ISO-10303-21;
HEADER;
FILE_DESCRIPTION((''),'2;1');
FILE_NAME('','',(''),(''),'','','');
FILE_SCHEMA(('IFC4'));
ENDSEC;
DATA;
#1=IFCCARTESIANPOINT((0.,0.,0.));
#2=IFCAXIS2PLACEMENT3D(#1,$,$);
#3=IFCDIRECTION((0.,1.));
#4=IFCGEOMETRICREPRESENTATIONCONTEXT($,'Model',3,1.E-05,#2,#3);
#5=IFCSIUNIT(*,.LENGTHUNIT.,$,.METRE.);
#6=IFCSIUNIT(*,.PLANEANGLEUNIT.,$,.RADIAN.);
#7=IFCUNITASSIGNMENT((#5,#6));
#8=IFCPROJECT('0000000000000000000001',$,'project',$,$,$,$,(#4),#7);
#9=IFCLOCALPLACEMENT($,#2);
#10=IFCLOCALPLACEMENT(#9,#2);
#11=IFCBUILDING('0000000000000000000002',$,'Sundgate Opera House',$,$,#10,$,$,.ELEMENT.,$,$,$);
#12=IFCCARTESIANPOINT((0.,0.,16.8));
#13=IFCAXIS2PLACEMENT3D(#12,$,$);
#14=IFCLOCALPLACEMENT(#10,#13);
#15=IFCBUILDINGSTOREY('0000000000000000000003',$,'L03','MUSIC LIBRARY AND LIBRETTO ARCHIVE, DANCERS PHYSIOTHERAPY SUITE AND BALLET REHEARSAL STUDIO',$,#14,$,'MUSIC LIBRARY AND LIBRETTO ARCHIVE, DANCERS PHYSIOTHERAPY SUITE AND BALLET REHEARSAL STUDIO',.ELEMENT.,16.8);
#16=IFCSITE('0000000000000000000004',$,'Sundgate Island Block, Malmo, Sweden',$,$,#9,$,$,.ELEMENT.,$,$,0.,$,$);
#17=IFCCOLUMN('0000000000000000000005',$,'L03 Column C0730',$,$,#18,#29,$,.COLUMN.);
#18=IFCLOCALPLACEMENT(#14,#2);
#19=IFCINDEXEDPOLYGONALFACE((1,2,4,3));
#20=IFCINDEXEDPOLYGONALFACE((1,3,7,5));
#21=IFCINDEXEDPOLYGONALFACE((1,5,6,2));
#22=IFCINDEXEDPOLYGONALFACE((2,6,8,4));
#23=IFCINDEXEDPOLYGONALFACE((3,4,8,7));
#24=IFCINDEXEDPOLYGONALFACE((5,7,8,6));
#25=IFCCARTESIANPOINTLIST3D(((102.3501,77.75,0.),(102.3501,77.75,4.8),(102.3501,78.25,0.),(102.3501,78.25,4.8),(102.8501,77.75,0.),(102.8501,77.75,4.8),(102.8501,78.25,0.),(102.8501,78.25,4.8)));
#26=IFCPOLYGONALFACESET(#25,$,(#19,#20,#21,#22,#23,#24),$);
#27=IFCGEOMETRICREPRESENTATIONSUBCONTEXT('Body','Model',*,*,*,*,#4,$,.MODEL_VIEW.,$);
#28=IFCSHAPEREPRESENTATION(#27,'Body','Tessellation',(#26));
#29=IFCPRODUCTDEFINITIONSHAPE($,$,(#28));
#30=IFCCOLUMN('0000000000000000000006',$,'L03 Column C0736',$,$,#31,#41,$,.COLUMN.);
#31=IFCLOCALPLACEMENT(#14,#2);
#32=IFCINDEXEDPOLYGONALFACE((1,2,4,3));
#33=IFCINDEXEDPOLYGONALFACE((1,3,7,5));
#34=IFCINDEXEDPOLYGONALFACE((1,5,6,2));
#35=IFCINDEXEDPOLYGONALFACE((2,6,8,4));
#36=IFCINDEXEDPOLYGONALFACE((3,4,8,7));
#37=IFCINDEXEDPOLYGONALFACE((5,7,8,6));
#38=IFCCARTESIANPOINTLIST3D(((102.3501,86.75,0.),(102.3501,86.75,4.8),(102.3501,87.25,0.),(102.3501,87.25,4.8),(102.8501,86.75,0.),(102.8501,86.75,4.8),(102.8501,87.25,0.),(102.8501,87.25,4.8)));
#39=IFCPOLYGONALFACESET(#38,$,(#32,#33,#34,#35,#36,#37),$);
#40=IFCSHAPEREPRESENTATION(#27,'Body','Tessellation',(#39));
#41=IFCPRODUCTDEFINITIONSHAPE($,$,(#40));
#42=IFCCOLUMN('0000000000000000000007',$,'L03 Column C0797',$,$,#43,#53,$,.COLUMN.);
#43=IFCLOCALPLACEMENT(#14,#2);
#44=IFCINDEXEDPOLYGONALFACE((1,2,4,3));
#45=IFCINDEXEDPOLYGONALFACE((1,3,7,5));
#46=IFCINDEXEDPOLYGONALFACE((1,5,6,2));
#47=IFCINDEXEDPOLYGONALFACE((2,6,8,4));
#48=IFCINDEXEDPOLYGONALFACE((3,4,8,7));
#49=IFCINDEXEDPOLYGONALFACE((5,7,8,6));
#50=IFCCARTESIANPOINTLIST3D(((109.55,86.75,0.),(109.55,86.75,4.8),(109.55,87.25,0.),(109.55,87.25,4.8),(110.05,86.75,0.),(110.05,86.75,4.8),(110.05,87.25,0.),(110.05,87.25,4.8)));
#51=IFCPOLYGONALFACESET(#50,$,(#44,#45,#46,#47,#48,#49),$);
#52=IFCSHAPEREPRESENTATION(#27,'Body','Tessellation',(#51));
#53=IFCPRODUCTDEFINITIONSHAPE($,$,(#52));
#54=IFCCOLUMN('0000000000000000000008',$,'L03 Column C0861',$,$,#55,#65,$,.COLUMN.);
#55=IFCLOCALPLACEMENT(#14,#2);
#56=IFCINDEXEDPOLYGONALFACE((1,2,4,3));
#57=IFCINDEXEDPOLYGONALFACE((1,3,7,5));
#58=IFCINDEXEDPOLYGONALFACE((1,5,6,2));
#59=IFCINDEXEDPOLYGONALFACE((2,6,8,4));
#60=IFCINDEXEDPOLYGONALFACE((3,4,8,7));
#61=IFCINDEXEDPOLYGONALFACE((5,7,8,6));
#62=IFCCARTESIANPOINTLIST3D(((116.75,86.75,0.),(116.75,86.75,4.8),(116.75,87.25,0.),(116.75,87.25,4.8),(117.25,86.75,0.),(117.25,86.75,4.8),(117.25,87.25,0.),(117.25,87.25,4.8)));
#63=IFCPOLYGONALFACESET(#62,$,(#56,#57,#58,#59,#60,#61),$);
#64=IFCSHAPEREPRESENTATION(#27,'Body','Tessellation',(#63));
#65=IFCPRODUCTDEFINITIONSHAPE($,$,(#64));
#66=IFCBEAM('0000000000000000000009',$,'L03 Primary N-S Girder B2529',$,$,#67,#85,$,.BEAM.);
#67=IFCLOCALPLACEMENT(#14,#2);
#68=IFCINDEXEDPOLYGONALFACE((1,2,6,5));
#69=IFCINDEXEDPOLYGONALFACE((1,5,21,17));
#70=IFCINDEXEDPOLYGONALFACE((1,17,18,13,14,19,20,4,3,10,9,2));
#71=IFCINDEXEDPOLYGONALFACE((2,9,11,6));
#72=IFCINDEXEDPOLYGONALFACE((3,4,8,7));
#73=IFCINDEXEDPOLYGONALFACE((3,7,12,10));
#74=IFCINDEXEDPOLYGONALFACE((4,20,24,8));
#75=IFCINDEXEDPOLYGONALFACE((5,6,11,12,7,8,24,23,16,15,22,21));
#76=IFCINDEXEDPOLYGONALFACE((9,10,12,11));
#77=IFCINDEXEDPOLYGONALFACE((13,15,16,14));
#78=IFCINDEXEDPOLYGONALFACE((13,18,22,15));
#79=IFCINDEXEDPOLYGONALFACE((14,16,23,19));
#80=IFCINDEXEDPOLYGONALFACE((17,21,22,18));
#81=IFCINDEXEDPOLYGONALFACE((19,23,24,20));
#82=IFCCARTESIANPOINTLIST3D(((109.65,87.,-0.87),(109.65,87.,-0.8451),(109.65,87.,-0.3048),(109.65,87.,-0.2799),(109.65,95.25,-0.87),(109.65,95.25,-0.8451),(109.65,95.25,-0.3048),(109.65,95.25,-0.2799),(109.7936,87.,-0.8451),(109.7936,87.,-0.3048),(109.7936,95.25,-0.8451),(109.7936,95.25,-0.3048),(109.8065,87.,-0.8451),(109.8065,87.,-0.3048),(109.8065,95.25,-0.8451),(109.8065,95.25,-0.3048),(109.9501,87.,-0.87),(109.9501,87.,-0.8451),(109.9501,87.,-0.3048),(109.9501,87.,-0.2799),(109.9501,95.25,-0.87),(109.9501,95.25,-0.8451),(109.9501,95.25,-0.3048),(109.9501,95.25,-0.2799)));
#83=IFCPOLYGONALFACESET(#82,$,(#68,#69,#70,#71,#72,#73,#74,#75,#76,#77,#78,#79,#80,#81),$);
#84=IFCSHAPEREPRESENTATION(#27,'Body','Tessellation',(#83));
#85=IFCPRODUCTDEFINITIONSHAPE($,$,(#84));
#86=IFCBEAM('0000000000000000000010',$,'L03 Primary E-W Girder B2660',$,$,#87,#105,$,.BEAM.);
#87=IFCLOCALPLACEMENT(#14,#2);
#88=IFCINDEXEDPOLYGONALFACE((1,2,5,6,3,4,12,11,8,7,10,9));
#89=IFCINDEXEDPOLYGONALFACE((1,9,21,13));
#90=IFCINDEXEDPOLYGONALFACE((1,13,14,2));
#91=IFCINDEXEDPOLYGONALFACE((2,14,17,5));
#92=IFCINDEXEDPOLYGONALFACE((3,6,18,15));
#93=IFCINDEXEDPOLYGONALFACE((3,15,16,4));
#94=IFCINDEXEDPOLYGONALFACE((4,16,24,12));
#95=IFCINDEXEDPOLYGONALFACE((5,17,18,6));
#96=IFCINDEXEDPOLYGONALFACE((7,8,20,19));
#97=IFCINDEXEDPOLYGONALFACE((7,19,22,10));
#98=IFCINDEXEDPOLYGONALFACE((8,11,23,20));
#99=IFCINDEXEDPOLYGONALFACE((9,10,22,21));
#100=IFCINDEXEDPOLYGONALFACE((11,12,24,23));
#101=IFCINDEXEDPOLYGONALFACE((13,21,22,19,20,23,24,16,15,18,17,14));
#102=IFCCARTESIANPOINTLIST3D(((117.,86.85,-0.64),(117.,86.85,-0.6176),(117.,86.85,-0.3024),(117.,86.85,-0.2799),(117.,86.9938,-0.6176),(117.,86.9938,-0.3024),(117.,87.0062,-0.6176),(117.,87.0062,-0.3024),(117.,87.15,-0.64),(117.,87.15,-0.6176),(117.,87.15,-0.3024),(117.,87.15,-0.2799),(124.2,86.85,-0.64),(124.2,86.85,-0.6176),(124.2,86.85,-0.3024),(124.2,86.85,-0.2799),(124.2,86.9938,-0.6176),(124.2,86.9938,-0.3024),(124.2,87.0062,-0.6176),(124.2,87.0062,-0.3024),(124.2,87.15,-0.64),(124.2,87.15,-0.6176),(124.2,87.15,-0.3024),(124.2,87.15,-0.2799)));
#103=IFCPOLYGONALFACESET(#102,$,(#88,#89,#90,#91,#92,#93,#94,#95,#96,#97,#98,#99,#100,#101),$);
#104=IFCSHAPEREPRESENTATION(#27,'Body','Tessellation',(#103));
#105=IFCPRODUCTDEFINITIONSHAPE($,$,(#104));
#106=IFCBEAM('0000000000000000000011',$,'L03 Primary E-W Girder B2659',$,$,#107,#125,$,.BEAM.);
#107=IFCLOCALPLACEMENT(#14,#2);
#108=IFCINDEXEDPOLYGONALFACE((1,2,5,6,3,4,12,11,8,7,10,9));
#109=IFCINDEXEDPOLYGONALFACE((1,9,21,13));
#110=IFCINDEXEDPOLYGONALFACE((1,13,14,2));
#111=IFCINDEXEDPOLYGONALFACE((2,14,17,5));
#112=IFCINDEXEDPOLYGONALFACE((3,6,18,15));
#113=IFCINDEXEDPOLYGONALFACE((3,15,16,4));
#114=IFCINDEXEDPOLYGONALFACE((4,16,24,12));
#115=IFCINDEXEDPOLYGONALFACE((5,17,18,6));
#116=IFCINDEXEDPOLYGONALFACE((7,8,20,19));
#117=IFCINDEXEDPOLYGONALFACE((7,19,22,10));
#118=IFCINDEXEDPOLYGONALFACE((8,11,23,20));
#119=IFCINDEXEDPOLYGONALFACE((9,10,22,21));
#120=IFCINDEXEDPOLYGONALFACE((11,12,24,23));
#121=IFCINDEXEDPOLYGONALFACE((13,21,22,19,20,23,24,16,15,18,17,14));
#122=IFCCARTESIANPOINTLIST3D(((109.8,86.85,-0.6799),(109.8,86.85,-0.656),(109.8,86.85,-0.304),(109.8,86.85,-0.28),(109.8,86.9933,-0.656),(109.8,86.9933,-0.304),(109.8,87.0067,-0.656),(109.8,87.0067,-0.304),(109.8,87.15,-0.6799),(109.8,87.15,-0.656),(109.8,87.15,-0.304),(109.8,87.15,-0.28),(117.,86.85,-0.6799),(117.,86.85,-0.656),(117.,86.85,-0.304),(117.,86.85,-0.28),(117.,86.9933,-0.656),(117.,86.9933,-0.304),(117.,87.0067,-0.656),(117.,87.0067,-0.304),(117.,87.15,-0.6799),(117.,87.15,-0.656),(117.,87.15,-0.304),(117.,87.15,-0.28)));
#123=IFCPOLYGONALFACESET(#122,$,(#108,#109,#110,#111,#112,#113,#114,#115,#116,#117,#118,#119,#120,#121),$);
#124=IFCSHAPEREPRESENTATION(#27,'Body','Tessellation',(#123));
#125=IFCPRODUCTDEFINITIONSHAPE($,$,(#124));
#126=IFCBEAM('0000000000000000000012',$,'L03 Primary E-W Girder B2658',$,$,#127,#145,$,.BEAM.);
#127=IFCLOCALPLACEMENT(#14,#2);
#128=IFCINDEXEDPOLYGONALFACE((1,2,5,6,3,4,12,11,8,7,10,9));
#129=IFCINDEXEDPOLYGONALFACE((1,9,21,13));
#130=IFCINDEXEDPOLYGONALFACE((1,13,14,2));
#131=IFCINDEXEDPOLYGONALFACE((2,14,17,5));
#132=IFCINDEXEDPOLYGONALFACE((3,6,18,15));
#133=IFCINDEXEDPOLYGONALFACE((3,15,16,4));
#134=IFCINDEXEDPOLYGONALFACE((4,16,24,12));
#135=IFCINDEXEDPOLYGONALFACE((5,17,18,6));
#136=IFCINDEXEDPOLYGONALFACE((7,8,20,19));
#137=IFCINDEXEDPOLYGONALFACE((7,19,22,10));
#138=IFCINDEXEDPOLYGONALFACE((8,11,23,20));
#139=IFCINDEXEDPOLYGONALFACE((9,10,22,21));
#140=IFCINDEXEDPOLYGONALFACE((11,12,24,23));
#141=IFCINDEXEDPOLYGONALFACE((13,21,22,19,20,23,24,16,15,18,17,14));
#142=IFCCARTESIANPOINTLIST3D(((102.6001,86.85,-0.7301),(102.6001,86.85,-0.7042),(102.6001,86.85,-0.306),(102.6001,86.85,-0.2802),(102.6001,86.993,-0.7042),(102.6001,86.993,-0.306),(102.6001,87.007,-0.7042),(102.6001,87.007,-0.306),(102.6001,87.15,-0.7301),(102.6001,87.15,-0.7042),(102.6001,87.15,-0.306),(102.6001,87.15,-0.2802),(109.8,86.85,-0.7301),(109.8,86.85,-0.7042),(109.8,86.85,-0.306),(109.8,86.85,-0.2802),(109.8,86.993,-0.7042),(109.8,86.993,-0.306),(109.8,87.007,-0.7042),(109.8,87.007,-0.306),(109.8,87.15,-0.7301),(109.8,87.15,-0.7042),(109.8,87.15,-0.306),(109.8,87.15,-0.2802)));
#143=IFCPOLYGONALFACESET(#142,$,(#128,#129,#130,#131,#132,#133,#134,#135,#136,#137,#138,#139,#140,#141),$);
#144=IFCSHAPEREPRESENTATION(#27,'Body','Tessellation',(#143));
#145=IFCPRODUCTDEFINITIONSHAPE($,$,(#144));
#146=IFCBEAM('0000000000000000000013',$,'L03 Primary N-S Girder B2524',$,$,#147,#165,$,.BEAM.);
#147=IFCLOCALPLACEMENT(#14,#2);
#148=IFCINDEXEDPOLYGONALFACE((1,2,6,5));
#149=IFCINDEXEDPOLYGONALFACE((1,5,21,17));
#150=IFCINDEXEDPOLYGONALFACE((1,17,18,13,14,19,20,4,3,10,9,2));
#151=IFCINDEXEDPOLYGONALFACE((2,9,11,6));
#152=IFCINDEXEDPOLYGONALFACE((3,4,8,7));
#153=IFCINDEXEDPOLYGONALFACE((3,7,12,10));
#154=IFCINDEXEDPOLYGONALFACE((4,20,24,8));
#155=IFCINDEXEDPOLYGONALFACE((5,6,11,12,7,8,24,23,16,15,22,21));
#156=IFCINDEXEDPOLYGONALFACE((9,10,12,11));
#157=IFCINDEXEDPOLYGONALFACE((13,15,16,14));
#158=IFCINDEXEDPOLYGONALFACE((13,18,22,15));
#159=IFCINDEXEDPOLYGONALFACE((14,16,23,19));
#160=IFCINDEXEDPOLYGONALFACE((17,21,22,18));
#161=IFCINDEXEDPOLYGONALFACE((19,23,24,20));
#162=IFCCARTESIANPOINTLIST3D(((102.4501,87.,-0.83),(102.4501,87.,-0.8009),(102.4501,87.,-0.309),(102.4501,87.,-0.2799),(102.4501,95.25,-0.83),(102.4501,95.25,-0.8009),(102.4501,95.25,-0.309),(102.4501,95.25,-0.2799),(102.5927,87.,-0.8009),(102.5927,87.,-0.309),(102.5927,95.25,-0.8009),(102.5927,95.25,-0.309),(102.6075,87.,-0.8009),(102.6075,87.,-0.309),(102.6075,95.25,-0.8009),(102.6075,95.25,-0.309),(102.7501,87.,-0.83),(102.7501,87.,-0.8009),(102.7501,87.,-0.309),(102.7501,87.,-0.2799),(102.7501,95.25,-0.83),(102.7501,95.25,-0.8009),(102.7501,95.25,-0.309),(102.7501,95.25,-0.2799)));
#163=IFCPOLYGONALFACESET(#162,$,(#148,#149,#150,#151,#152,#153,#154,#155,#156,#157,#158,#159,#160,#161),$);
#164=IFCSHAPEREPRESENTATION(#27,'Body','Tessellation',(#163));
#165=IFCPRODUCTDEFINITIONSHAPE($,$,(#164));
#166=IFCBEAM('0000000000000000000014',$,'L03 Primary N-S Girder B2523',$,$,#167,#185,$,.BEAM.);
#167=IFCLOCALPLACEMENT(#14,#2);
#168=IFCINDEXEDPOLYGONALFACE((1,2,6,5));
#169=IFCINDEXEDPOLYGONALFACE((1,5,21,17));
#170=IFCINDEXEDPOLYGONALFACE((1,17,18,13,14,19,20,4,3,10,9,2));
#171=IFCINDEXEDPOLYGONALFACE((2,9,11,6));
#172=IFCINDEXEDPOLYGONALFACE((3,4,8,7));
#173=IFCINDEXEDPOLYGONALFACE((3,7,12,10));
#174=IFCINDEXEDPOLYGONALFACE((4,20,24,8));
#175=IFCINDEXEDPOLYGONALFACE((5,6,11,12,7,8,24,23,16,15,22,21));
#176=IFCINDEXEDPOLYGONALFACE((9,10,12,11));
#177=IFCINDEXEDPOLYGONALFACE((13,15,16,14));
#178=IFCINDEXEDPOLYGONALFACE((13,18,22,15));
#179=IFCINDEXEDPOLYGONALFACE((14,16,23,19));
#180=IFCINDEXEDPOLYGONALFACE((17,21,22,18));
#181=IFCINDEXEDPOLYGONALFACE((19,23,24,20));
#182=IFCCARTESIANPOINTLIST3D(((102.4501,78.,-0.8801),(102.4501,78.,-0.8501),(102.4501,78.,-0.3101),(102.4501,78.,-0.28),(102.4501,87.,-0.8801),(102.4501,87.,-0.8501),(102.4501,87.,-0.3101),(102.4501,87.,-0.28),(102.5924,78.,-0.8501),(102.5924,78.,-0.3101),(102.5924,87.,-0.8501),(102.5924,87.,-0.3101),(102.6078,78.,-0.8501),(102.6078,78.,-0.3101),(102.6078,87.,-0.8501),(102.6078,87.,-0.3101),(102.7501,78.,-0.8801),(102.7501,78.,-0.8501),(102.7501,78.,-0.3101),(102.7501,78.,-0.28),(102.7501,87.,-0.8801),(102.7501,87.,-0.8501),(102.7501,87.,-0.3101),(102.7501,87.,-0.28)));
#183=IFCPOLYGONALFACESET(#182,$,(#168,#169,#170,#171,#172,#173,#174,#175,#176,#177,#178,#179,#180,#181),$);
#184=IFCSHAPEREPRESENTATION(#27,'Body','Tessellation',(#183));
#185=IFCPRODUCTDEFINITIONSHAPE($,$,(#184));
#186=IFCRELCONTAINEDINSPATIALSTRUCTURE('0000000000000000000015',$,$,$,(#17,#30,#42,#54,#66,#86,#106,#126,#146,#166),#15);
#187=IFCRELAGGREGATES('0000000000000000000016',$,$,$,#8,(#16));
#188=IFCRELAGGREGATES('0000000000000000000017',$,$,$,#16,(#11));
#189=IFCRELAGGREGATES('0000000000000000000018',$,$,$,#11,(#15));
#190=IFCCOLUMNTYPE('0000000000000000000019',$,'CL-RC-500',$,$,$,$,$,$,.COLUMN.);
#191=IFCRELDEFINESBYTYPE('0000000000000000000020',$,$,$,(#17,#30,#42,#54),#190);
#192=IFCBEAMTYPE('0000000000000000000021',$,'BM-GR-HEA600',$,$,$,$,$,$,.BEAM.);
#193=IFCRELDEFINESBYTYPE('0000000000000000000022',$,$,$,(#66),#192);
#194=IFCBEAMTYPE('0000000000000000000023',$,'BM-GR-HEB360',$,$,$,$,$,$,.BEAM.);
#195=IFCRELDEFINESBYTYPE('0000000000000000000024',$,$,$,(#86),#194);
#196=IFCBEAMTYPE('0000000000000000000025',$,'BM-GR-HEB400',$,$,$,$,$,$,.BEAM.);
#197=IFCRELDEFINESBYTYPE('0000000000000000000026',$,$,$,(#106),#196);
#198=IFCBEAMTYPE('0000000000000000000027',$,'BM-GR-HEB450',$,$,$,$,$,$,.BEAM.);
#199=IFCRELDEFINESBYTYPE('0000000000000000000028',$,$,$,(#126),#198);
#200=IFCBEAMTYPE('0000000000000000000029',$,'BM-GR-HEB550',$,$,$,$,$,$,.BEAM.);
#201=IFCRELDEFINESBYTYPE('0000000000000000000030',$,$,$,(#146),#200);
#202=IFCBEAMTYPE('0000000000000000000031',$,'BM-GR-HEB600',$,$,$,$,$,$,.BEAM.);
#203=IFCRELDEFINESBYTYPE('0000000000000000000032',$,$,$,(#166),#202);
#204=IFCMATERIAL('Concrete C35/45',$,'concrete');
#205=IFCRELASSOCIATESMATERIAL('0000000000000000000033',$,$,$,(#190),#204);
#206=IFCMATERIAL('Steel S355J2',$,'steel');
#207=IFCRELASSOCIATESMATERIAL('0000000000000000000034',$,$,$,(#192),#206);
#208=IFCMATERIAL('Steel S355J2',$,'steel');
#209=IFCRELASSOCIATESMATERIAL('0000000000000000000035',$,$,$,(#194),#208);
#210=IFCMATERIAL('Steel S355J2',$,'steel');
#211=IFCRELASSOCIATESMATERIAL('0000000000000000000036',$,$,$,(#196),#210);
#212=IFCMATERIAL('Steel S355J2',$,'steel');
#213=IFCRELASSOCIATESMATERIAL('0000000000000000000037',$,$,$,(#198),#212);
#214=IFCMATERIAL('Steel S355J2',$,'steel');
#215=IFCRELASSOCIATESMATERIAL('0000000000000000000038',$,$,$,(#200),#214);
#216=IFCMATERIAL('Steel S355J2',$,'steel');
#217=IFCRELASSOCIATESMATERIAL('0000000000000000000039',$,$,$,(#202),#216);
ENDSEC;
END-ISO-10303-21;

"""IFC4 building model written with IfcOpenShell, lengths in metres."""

from ifc_helpers import new_model, si_unit, direction, frame, origin, origin_2d, place, context, subcontext, project, spatial, rectangle, i_section, extrude, material, material_profile, profile_set, type_object, element, save


model = new_model("IFC4")

# Units and contexts
model_context = context("Model", 3, precision=1e-05, world=origin(), true_north=direction((0.0, 1.0)))
body_context = subcontext(model_context, "Body", "Model", "MODEL_VIEW")
ifc_project = project(units=[si_unit("LENGTHUNIT", "METRE"), si_unit("PLANEANGLEUNIT", "RADIAN")], contexts=[model_context])

# Site, building, storey
site_placement = place(None, origin())
site = spatial("IfcSite", under=ifc_project, at=site_placement, Name="Sundgate Island Block, Malmo, Sweden", CompositionType="ELEMENT", RefElevation=0.0)
building_placement = place(site_placement, origin())
building = spatial("IfcBuilding", under=site, at=building_placement, Name="Sundgate Opera House", CompositionType="ELEMENT")
storey_placement = place(building_placement, frame((0.0, 0.0, 16.8)))
storey = spatial("IfcBuildingStorey", under=building, at=storey_placement, Name="L03", Description="MUSIC LIBRARY AND LIBRETTO ARCHIVE, DANCERS PHYSIOTHERAPY SUITE AND BALLET REHEARSAL STUDIO", LongName="MUSIC LIBRARY AND LIBRETTO ARCHIVE, DANCERS PHYSIOTHERAPY SUITE AND BALLET REHEARSAL STUDIO", CompositionType="ELEMENT", Elevation=16.8)

# Columns
ifc_material_1 = material(Name="Concrete C35/45", Category="concrete")
ifc_material_profile_1 = material_profile(ifc_material_1, rectangle(XDim=0.5, YDim=0.5, at=origin_2d()), Name="RC 500x500")
ifc_profile_set_1 = profile_set([ifc_material_profile_1], Name="Concrete C35/45")
column_type = type_object("IfcColumnType", Name="CL-RC-500", PredefinedType="COLUMN", material=ifc_profile_set_1)
for number, where, z_axis, x_axis, name in (
    (1, (102.6001, 78.0, 0.0), (0.0, 0.0, 1.0), (1.0, 0.0, 0.0), "L03 Column C0730"),
    (2, (102.6001, 87.0, 0.0), (0.0, 0.0, 1.0), (1.0, 0.0, 0.0), "L03 Column C0736"),
    (3, (109.8, 87.0, 0.0), (0.0, 0.0, 1.0), (1.0, 0.0, 0.0), "L03 Column C0797"),
    (4, (117.0, 87.0, 0.0), (0.0, 0.0, 1.0), (1.0, 0.0, 0.0), "L03 Column C0861"),
):
    element("IfcColumn", number, at=place(storey_placement, frame(where, z_axis=z_axis, x_axis=x_axis)), inside=storey, type_object=column_type, Name=name, PredefinedType="COLUMN", context=body_context, shape_type="SweptSolid", body=[
        extrude(rectangle(XDim=0.5, YDim=0.5, at=origin_2d()), origin(), (0.0, 0.0, 1.0), 4.8),
    ])

# Beams
ifc_material_2 = material(Name="Steel S355J2", Category="steel")
ifc_material_profile_2 = material_profile(ifc_material_2, i_section(OverallWidth=0.3, OverallDepth=0.5901, WebThickness=0.0129, FlangeThickness=0.0249, at=origin_2d()), Name="HEA 600")
ifc_profile_set_2 = profile_set([ifc_material_profile_2], Name="Steel S355J2")
beam_type_1 = type_object("IfcBeamType", Name="BM-GR-HEA600", PredefinedType="BEAM", material=ifc_profile_set_2)
beam_1_placement = place(storey_placement, frame((109.8, 87.0, -0.575), z_axis=(0.0, 1.0, 0.0), x_axis=(-1.0, 0.0, 0.0)))
element("IfcBeam", 5, at=beam_1_placement, inside=storey, type_object=beam_type_1, Name="L03 Primary N-S Girder B2529", PredefinedType="BEAM", context=body_context, shape_type="SweptSolid", body=[
    extrude(i_section(OverallWidth=0.3, OverallDepth=0.5901, WebThickness=0.0129, FlangeThickness=0.0249, at=origin_2d()), origin(), (0.0, 0.0, 1.0), 8.25),
])
ifc_material_3 = material(Name="Steel S355J2", Category="steel")
ifc_material_profile_3 = material_profile(ifc_material_3, i_section(OverallWidth=0.3, OverallDepth=0.3601, WebThickness=0.0125, FlangeThickness=0.0225, at=origin_2d()), Name="HEB 360")
ifc_profile_set_3 = profile_set([ifc_material_profile_3], Name="Steel S355J2")
beam_type_2 = type_object("IfcBeamType", Name="BM-GR-HEB360", PredefinedType="BEAM", material=ifc_profile_set_3)
beam_2_placement = place(storey_placement, frame((117.0, 87.0, -0.46), z_axis=(1.0, 0.0, 0.0), x_axis=(0.0, 1.0, 0.0)))
element("IfcBeam", 6, at=beam_2_placement, inside=storey, type_object=beam_type_2, Name="L03 Primary E-W Girder B2660", PredefinedType="BEAM", context=body_context, shape_type="SweptSolid", body=[
    extrude(i_section(OverallWidth=0.3, OverallDepth=0.3601, WebThickness=0.0125, FlangeThickness=0.0225, at=origin_2d()), origin(), (0.0, 0.0, 1.0), 7.2),
])
ifc_material_4 = material(Name="Steel S355J2", Category="steel")
ifc_material_profile_4 = material_profile(ifc_material_4, i_section(OverallWidth=0.3, OverallDepth=0.3999, WebThickness=0.0134, FlangeThickness=0.0239, at=origin_2d()), Name="HEB 400")
ifc_profile_set_4 = profile_set([ifc_material_profile_4], Name="Steel S355J2")
beam_type_3 = type_object("IfcBeamType", Name="BM-GR-HEB400", PredefinedType="BEAM", material=ifc_profile_set_4)
beam_3_placement = place(storey_placement, frame((109.8, 87.0, -0.48), z_axis=(1.0, 0.0, 0.0), x_axis=(0.0, 1.0, 0.0)))
element("IfcBeam", 7, at=beam_3_placement, inside=storey, type_object=beam_type_3, Name="L03 Primary E-W Girder B2659", PredefinedType="BEAM", context=body_context, shape_type="SweptSolid", body=[
    extrude(i_section(OverallWidth=0.3, OverallDepth=0.3999, WebThickness=0.0134, FlangeThickness=0.0239, at=origin_2d()), origin(), (0.0, 0.0, 1.0), 7.2),
])
ifc_material_5 = material(Name="Steel S355J2", Category="steel")
ifc_material_profile_5 = material_profile(ifc_material_5, i_section(OverallWidth=0.3, OverallDepth=0.45, WebThickness=0.0139, FlangeThickness=0.0259, at=origin_2d()), Name="HEB 450")
ifc_profile_set_5 = profile_set([ifc_material_profile_5], Name="Steel S355J2")
beam_type_4 = type_object("IfcBeamType", Name="BM-GR-HEB450", PredefinedType="BEAM", material=ifc_profile_set_5)
beam_4_placement = place(storey_placement, frame((102.6001, 87.0, -0.5051), z_axis=(1.0, 0.0, 0.0), x_axis=(0.0, 1.0, 0.0)))
element("IfcBeam", 8, at=beam_4_placement, inside=storey, type_object=beam_type_4, Name="L03 Primary E-W Girder B2658", PredefinedType="BEAM", context=body_context, shape_type="SweptSolid", body=[
    extrude(i_section(OverallWidth=0.3, OverallDepth=0.45, WebThickness=0.0139, FlangeThickness=0.0259, at=origin_2d()), origin(), (0.0, 0.0, 1.0), 7.2),
])
ifc_material_6 = material(Name="Steel S355J2", Category="steel")
ifc_material_profile_6 = material_profile(ifc_material_6, i_section(OverallWidth=0.3, OverallDepth=0.55, WebThickness=0.0149, FlangeThickness=0.0291, at=origin_2d()), Name="HEB 550")
ifc_profile_set_6 = profile_set([ifc_material_profile_6], Name="Steel S355J2")
beam_type_5 = type_object("IfcBeamType", Name="BM-GR-HEB550", PredefinedType="BEAM", material=ifc_profile_set_6)
beam_5_placement = place(storey_placement, frame((102.6001, 87.0, -0.5549), z_axis=(0.0, 1.0, 0.0), x_axis=(-1.0, 0.0, 0.0)))
element("IfcBeam", 9, at=beam_5_placement, inside=storey, type_object=beam_type_5, Name="L03 Primary N-S Girder B2524", PredefinedType="BEAM", context=body_context, shape_type="SweptSolid", body=[
    extrude(i_section(OverallWidth=0.3, OverallDepth=0.55, WebThickness=0.0149, FlangeThickness=0.0291, at=origin_2d()), origin(), (0.0, 0.0, 1.0), 8.25),
])
ifc_material_7 = material(Name="Steel S355J2", Category="steel")
ifc_material_profile_7 = material_profile(ifc_material_7, i_section(OverallWidth=0.3, OverallDepth=0.6001, WebThickness=0.0154, FlangeThickness=0.03, at=origin_2d()), Name="HEB 600")
ifc_profile_set_7 = profile_set([ifc_material_profile_7], Name="Steel S355J2")
beam_type_6 = type_object("IfcBeamType", Name="BM-GR-HEB600", PredefinedType="BEAM", material=ifc_profile_set_7)
beam_6_placement = place(storey_placement, frame((102.6001, 78.0, -0.5801), z_axis=(0.0, 1.0, 0.0), x_axis=(-1.0, 0.0, 0.0)))
element("IfcBeam", 10, at=beam_6_placement, inside=storey, type_object=beam_type_6, Name="L03 Primary N-S Girder B2523", PredefinedType="BEAM", context=body_context, shape_type="SweptSolid", body=[
    extrude(i_section(OverallWidth=0.3, OverallDepth=0.6001, WebThickness=0.0154, FlangeThickness=0.03, at=origin_2d()), origin(), (0.0, 0.0, 1.0), 9.0),
])

save(model, "model.ifc")
